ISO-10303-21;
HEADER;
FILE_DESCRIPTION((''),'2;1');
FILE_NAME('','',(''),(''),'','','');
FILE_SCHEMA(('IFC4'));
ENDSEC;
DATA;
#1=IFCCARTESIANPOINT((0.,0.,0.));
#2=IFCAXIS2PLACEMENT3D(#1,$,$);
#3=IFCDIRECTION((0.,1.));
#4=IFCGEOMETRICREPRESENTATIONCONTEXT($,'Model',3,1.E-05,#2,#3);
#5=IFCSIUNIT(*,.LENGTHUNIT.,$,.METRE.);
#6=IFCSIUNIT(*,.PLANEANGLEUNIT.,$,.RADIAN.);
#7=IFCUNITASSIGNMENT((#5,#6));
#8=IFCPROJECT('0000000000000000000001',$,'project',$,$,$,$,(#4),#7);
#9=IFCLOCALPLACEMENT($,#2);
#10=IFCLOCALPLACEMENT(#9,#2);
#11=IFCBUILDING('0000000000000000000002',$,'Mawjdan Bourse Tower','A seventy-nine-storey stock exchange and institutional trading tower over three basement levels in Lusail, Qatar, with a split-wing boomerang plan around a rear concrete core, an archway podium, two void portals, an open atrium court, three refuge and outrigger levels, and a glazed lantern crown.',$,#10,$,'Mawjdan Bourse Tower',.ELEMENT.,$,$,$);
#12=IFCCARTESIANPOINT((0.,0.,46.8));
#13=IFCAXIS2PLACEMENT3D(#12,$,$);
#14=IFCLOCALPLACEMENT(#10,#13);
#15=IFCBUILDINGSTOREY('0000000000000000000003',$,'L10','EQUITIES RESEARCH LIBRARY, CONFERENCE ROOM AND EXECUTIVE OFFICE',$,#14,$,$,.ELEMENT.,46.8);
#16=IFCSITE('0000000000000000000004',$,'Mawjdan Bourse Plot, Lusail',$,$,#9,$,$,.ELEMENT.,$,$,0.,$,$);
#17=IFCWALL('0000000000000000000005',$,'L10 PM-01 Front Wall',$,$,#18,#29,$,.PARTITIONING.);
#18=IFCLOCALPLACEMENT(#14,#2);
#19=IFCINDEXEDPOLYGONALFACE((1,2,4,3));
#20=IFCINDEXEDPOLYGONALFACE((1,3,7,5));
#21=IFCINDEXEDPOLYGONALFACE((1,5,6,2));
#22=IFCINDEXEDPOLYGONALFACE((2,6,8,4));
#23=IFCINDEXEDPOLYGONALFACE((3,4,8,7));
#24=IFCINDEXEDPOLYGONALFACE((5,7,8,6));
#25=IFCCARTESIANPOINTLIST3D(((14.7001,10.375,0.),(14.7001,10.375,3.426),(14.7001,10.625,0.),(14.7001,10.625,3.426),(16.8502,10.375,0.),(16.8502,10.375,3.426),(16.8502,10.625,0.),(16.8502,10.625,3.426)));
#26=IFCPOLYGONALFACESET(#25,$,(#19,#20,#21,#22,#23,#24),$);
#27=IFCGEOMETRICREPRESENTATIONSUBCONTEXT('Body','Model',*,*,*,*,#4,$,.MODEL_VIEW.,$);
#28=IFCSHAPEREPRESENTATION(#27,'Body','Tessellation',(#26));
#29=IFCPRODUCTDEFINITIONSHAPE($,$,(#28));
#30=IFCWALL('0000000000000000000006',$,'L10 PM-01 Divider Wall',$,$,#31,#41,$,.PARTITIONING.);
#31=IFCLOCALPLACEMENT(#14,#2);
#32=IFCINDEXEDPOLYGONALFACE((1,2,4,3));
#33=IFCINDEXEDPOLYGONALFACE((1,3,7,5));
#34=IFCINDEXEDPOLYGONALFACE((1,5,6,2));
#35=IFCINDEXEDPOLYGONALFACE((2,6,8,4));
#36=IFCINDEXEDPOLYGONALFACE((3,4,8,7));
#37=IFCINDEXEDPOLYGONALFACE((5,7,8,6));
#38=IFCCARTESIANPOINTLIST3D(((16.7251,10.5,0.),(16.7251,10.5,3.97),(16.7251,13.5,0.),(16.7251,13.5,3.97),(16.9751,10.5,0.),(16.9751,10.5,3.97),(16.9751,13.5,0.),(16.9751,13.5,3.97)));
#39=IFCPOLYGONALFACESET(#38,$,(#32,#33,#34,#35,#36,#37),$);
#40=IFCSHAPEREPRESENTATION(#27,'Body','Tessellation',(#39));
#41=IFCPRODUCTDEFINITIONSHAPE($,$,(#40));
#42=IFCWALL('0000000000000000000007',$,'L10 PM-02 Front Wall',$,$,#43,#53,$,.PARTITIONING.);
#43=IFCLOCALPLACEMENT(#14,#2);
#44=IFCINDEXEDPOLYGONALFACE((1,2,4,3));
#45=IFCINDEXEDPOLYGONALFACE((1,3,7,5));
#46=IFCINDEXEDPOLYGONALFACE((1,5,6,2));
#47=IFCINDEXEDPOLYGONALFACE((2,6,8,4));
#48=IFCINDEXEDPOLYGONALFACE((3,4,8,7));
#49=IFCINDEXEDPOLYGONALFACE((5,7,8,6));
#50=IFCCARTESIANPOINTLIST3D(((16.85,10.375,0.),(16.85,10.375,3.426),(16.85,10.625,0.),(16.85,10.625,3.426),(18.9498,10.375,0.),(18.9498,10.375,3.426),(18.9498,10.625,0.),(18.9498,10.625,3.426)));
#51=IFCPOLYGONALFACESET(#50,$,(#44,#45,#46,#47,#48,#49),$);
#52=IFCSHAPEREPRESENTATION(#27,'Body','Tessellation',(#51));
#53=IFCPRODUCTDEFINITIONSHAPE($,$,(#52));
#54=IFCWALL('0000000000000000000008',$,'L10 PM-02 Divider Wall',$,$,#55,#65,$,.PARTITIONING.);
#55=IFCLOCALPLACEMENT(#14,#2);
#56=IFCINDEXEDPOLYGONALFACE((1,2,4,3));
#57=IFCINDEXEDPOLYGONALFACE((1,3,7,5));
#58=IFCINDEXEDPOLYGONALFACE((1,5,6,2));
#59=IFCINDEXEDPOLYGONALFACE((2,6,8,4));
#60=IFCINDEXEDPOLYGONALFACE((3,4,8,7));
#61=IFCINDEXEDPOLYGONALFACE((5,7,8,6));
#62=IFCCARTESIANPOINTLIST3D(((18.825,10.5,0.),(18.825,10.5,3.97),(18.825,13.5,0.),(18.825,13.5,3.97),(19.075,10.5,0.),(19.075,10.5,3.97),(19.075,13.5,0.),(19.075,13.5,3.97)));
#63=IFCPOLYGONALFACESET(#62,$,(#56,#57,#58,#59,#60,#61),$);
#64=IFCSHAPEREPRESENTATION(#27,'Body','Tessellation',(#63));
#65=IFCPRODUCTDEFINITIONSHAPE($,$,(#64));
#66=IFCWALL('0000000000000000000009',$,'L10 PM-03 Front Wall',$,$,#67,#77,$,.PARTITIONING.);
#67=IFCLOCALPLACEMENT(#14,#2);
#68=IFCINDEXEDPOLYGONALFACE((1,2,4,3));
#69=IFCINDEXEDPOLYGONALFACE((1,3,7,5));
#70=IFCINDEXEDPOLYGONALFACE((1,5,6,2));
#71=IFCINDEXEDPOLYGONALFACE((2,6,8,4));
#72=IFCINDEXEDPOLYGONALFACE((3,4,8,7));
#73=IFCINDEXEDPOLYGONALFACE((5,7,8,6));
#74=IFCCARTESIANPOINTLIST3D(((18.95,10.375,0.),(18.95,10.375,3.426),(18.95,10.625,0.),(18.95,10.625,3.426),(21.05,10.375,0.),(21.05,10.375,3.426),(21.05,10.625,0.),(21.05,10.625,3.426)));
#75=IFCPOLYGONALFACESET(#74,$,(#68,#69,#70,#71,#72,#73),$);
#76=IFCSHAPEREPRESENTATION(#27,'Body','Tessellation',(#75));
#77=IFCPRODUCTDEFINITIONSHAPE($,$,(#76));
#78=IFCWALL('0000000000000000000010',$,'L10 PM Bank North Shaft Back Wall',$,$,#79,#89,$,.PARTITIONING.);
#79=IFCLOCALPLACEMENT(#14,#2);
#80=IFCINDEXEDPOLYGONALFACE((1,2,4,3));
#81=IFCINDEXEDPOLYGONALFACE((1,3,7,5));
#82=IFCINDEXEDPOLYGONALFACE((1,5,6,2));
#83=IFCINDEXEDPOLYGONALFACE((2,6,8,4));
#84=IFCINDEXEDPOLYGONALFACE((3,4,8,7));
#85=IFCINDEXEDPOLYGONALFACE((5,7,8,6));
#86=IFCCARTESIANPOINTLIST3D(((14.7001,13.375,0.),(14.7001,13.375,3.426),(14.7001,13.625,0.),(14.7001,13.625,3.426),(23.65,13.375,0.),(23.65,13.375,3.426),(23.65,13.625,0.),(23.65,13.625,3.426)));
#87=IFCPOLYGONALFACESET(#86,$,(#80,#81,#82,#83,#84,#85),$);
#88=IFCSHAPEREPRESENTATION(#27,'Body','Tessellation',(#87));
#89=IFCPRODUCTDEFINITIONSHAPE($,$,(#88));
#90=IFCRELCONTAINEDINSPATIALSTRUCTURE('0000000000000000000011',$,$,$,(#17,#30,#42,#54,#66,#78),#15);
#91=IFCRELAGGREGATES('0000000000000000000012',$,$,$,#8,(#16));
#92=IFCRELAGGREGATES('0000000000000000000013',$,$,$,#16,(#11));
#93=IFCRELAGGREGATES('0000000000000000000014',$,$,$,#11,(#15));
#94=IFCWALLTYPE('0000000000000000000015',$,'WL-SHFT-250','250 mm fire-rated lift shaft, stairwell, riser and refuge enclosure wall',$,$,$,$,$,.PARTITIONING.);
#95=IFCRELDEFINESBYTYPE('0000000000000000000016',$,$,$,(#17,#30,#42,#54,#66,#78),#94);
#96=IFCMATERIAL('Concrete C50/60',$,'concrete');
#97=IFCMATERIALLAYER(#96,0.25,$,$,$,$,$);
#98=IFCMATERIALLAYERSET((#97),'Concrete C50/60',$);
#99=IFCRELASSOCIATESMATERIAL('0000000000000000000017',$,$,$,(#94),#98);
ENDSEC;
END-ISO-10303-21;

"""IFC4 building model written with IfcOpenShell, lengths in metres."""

from ifc_helpers import new_model, si_unit, direction, frame, frame_2d, origin, place, context, subcontext, project, spatial, rectangle, extrude, material, layer, layer_set, type_object, element, save


model = new_model("IFC4")

# Units and contexts
model_context = context("Model", 3, precision=1e-05, world=origin(), true_north=direction((0.0, 1.0)))
body_context = subcontext(model_context, "Body", "Model", "MODEL_VIEW")
ifc_project = project(units=[si_unit("LENGTHUNIT", "METRE"), si_unit("PLANEANGLEUNIT", "RADIAN")], contexts=[model_context])

# Site, building, storey
site_placement = place(None, origin())
site = spatial("IfcSite", under=ifc_project, at=site_placement, Name="Mawjdan Bourse Plot, Lusail", CompositionType="ELEMENT", RefElevation=0.0)
building_placement = place(site_placement, origin())
building = spatial("IfcBuilding", under=site, at=building_placement, Name="Mawjdan Bourse Tower", Description="A seventy-nine-storey stock exchange and institutional trading tower over three basement levels in Lusail, Qatar, with a split-wing boomerang plan around a rear concrete core, an archway podium, two void portals, an open atrium court, three refuge and outrigger levels, and a glazed lantern crown.", LongName="Mawjdan Bourse Tower", CompositionType="ELEMENT")
storey_placement = place(building_placement, frame((0.0, 0.0, 46.8)))
storey = spatial("IfcBuildingStorey", under=building, at=storey_placement, Name="L10", Description="EQUITIES RESEARCH LIBRARY, CONFERENCE ROOM AND EXECUTIVE OFFICE", CompositionType="ELEMENT", Elevation=46.8)

# Shared definitions
ifc_material_1 = material(Name="Concrete C50/60", Category="concrete")
ifc_layer_1 = layer(ifc_material_1, 0.25)
ifc_layer_set_1 = layer_set([ifc_layer_1], Name="Concrete C50/60")
wall_type_1 = type_object("IfcWallType", Name="WL-SHFT-250", Description="250 mm fire-rated lift shaft, stairwell, riser and refuge enclosure wall", PredefinedType="PARTITIONING", material=ifc_layer_set_1)

# Walls
wall_1_placement = place(storey_placement, frame((14.7, 10.5, 0.0), z_axis=(0.0, 0.0, 1.0), x_axis=(1.0, 0.0, 0.0)))
element("IfcWall", 1, at=wall_1_placement, inside=storey, type_object=wall_type_1, Name="L10 PM-01 Front Wall", PredefinedType="PARTITIONING", context=body_context, shape_type="SweptSolid", body=[
    extrude(rectangle(XDim=2.1501, YDim=0.25, at=frame_2d((1.0752, 0.0))), origin(), (0.0, 0.0, 1.0), 3.426),
])
wall_2_placement = place(storey_placement, frame((16.8501, 10.5, 0.0), z_axis=(0.0, 0.0, 1.0), x_axis=(0.0, 1.0, 0.0)))
element("IfcWall", 2, at=wall_2_placement, inside=storey, type_object=wall_type_1, Name="L10 PM-01 Divider Wall", PredefinedType="PARTITIONING", context=body_context, shape_type="SweptSolid", body=[
    extrude(rectangle(XDim=3.0, YDim=0.25, at=frame_2d((1.5, 0.0))), origin(), (0.0, 0.0, 1.0), 3.97),
])
wall_3_placement = place(storey_placement, frame((16.8501, 10.5, 0.0), z_axis=(0.0, 0.0, 1.0), x_axis=(1.0, 0.0, 0.0)))
element("IfcWall", 3, at=wall_3_placement, inside=storey, type_object=wall_type_1, Name="L10 PM-02 Front Wall", PredefinedType="PARTITIONING", context=body_context, shape_type="SweptSolid", body=[
    extrude(rectangle(XDim=2.0999, YDim=0.25, at=frame_2d((1.0498, 0.0))), origin(), (0.0, 0.0, 1.0), 3.426),
])
wall_4_placement = place(storey_placement, frame((18.95, 10.5, 0.0), z_axis=(0.0, 0.0, 1.0), x_axis=(0.0, 1.0, 0.0)))
element("IfcWall", 4, at=wall_4_placement, inside=storey, type_object=wall_type_1, Name="L10 PM-02 Divider Wall", PredefinedType="PARTITIONING", context=body_context, shape_type="SweptSolid", body=[
    extrude(rectangle(XDim=3.0, YDim=0.25, at=frame_2d((1.5, 0.0))), origin(), (0.0, 0.0, 1.0), 3.97),
])
wall_5_placement = place(storey_placement, frame((18.95, 10.5, 0.0), z_axis=(0.0, 0.0, 1.0), x_axis=(1.0, 0.0, 0.0)))
element("IfcWall", 5, at=wall_5_placement, inside=storey, type_object=wall_type_1, Name="L10 PM-03 Front Wall", PredefinedType="PARTITIONING", context=body_context, shape_type="SweptSolid", body=[
    extrude(rectangle(XDim=2.1001, YDim=0.25, at=frame_2d((1.05, 0.0))), origin(), (0.0, 0.0, 1.0), 3.426),
])
wall_6_placement = place(storey_placement, frame((14.7, 13.5, 0.0), z_axis=(0.0, 0.0, 1.0), x_axis=(1.0, 0.0, 0.0)))
element("IfcWall", 6, at=wall_6_placement, inside=storey, type_object=wall_type_1, Name="L10 PM Bank North Shaft Back Wall", PredefinedType="PARTITIONING", context=body_context, shape_type="SweptSolid", body=[
    extrude(rectangle(XDim=8.95, YDim=0.25, at=frame_2d((4.4751, 0.0))), origin(), (0.0, 0.0, 1.0), 3.426),
])

save(model, "model.ifc")
